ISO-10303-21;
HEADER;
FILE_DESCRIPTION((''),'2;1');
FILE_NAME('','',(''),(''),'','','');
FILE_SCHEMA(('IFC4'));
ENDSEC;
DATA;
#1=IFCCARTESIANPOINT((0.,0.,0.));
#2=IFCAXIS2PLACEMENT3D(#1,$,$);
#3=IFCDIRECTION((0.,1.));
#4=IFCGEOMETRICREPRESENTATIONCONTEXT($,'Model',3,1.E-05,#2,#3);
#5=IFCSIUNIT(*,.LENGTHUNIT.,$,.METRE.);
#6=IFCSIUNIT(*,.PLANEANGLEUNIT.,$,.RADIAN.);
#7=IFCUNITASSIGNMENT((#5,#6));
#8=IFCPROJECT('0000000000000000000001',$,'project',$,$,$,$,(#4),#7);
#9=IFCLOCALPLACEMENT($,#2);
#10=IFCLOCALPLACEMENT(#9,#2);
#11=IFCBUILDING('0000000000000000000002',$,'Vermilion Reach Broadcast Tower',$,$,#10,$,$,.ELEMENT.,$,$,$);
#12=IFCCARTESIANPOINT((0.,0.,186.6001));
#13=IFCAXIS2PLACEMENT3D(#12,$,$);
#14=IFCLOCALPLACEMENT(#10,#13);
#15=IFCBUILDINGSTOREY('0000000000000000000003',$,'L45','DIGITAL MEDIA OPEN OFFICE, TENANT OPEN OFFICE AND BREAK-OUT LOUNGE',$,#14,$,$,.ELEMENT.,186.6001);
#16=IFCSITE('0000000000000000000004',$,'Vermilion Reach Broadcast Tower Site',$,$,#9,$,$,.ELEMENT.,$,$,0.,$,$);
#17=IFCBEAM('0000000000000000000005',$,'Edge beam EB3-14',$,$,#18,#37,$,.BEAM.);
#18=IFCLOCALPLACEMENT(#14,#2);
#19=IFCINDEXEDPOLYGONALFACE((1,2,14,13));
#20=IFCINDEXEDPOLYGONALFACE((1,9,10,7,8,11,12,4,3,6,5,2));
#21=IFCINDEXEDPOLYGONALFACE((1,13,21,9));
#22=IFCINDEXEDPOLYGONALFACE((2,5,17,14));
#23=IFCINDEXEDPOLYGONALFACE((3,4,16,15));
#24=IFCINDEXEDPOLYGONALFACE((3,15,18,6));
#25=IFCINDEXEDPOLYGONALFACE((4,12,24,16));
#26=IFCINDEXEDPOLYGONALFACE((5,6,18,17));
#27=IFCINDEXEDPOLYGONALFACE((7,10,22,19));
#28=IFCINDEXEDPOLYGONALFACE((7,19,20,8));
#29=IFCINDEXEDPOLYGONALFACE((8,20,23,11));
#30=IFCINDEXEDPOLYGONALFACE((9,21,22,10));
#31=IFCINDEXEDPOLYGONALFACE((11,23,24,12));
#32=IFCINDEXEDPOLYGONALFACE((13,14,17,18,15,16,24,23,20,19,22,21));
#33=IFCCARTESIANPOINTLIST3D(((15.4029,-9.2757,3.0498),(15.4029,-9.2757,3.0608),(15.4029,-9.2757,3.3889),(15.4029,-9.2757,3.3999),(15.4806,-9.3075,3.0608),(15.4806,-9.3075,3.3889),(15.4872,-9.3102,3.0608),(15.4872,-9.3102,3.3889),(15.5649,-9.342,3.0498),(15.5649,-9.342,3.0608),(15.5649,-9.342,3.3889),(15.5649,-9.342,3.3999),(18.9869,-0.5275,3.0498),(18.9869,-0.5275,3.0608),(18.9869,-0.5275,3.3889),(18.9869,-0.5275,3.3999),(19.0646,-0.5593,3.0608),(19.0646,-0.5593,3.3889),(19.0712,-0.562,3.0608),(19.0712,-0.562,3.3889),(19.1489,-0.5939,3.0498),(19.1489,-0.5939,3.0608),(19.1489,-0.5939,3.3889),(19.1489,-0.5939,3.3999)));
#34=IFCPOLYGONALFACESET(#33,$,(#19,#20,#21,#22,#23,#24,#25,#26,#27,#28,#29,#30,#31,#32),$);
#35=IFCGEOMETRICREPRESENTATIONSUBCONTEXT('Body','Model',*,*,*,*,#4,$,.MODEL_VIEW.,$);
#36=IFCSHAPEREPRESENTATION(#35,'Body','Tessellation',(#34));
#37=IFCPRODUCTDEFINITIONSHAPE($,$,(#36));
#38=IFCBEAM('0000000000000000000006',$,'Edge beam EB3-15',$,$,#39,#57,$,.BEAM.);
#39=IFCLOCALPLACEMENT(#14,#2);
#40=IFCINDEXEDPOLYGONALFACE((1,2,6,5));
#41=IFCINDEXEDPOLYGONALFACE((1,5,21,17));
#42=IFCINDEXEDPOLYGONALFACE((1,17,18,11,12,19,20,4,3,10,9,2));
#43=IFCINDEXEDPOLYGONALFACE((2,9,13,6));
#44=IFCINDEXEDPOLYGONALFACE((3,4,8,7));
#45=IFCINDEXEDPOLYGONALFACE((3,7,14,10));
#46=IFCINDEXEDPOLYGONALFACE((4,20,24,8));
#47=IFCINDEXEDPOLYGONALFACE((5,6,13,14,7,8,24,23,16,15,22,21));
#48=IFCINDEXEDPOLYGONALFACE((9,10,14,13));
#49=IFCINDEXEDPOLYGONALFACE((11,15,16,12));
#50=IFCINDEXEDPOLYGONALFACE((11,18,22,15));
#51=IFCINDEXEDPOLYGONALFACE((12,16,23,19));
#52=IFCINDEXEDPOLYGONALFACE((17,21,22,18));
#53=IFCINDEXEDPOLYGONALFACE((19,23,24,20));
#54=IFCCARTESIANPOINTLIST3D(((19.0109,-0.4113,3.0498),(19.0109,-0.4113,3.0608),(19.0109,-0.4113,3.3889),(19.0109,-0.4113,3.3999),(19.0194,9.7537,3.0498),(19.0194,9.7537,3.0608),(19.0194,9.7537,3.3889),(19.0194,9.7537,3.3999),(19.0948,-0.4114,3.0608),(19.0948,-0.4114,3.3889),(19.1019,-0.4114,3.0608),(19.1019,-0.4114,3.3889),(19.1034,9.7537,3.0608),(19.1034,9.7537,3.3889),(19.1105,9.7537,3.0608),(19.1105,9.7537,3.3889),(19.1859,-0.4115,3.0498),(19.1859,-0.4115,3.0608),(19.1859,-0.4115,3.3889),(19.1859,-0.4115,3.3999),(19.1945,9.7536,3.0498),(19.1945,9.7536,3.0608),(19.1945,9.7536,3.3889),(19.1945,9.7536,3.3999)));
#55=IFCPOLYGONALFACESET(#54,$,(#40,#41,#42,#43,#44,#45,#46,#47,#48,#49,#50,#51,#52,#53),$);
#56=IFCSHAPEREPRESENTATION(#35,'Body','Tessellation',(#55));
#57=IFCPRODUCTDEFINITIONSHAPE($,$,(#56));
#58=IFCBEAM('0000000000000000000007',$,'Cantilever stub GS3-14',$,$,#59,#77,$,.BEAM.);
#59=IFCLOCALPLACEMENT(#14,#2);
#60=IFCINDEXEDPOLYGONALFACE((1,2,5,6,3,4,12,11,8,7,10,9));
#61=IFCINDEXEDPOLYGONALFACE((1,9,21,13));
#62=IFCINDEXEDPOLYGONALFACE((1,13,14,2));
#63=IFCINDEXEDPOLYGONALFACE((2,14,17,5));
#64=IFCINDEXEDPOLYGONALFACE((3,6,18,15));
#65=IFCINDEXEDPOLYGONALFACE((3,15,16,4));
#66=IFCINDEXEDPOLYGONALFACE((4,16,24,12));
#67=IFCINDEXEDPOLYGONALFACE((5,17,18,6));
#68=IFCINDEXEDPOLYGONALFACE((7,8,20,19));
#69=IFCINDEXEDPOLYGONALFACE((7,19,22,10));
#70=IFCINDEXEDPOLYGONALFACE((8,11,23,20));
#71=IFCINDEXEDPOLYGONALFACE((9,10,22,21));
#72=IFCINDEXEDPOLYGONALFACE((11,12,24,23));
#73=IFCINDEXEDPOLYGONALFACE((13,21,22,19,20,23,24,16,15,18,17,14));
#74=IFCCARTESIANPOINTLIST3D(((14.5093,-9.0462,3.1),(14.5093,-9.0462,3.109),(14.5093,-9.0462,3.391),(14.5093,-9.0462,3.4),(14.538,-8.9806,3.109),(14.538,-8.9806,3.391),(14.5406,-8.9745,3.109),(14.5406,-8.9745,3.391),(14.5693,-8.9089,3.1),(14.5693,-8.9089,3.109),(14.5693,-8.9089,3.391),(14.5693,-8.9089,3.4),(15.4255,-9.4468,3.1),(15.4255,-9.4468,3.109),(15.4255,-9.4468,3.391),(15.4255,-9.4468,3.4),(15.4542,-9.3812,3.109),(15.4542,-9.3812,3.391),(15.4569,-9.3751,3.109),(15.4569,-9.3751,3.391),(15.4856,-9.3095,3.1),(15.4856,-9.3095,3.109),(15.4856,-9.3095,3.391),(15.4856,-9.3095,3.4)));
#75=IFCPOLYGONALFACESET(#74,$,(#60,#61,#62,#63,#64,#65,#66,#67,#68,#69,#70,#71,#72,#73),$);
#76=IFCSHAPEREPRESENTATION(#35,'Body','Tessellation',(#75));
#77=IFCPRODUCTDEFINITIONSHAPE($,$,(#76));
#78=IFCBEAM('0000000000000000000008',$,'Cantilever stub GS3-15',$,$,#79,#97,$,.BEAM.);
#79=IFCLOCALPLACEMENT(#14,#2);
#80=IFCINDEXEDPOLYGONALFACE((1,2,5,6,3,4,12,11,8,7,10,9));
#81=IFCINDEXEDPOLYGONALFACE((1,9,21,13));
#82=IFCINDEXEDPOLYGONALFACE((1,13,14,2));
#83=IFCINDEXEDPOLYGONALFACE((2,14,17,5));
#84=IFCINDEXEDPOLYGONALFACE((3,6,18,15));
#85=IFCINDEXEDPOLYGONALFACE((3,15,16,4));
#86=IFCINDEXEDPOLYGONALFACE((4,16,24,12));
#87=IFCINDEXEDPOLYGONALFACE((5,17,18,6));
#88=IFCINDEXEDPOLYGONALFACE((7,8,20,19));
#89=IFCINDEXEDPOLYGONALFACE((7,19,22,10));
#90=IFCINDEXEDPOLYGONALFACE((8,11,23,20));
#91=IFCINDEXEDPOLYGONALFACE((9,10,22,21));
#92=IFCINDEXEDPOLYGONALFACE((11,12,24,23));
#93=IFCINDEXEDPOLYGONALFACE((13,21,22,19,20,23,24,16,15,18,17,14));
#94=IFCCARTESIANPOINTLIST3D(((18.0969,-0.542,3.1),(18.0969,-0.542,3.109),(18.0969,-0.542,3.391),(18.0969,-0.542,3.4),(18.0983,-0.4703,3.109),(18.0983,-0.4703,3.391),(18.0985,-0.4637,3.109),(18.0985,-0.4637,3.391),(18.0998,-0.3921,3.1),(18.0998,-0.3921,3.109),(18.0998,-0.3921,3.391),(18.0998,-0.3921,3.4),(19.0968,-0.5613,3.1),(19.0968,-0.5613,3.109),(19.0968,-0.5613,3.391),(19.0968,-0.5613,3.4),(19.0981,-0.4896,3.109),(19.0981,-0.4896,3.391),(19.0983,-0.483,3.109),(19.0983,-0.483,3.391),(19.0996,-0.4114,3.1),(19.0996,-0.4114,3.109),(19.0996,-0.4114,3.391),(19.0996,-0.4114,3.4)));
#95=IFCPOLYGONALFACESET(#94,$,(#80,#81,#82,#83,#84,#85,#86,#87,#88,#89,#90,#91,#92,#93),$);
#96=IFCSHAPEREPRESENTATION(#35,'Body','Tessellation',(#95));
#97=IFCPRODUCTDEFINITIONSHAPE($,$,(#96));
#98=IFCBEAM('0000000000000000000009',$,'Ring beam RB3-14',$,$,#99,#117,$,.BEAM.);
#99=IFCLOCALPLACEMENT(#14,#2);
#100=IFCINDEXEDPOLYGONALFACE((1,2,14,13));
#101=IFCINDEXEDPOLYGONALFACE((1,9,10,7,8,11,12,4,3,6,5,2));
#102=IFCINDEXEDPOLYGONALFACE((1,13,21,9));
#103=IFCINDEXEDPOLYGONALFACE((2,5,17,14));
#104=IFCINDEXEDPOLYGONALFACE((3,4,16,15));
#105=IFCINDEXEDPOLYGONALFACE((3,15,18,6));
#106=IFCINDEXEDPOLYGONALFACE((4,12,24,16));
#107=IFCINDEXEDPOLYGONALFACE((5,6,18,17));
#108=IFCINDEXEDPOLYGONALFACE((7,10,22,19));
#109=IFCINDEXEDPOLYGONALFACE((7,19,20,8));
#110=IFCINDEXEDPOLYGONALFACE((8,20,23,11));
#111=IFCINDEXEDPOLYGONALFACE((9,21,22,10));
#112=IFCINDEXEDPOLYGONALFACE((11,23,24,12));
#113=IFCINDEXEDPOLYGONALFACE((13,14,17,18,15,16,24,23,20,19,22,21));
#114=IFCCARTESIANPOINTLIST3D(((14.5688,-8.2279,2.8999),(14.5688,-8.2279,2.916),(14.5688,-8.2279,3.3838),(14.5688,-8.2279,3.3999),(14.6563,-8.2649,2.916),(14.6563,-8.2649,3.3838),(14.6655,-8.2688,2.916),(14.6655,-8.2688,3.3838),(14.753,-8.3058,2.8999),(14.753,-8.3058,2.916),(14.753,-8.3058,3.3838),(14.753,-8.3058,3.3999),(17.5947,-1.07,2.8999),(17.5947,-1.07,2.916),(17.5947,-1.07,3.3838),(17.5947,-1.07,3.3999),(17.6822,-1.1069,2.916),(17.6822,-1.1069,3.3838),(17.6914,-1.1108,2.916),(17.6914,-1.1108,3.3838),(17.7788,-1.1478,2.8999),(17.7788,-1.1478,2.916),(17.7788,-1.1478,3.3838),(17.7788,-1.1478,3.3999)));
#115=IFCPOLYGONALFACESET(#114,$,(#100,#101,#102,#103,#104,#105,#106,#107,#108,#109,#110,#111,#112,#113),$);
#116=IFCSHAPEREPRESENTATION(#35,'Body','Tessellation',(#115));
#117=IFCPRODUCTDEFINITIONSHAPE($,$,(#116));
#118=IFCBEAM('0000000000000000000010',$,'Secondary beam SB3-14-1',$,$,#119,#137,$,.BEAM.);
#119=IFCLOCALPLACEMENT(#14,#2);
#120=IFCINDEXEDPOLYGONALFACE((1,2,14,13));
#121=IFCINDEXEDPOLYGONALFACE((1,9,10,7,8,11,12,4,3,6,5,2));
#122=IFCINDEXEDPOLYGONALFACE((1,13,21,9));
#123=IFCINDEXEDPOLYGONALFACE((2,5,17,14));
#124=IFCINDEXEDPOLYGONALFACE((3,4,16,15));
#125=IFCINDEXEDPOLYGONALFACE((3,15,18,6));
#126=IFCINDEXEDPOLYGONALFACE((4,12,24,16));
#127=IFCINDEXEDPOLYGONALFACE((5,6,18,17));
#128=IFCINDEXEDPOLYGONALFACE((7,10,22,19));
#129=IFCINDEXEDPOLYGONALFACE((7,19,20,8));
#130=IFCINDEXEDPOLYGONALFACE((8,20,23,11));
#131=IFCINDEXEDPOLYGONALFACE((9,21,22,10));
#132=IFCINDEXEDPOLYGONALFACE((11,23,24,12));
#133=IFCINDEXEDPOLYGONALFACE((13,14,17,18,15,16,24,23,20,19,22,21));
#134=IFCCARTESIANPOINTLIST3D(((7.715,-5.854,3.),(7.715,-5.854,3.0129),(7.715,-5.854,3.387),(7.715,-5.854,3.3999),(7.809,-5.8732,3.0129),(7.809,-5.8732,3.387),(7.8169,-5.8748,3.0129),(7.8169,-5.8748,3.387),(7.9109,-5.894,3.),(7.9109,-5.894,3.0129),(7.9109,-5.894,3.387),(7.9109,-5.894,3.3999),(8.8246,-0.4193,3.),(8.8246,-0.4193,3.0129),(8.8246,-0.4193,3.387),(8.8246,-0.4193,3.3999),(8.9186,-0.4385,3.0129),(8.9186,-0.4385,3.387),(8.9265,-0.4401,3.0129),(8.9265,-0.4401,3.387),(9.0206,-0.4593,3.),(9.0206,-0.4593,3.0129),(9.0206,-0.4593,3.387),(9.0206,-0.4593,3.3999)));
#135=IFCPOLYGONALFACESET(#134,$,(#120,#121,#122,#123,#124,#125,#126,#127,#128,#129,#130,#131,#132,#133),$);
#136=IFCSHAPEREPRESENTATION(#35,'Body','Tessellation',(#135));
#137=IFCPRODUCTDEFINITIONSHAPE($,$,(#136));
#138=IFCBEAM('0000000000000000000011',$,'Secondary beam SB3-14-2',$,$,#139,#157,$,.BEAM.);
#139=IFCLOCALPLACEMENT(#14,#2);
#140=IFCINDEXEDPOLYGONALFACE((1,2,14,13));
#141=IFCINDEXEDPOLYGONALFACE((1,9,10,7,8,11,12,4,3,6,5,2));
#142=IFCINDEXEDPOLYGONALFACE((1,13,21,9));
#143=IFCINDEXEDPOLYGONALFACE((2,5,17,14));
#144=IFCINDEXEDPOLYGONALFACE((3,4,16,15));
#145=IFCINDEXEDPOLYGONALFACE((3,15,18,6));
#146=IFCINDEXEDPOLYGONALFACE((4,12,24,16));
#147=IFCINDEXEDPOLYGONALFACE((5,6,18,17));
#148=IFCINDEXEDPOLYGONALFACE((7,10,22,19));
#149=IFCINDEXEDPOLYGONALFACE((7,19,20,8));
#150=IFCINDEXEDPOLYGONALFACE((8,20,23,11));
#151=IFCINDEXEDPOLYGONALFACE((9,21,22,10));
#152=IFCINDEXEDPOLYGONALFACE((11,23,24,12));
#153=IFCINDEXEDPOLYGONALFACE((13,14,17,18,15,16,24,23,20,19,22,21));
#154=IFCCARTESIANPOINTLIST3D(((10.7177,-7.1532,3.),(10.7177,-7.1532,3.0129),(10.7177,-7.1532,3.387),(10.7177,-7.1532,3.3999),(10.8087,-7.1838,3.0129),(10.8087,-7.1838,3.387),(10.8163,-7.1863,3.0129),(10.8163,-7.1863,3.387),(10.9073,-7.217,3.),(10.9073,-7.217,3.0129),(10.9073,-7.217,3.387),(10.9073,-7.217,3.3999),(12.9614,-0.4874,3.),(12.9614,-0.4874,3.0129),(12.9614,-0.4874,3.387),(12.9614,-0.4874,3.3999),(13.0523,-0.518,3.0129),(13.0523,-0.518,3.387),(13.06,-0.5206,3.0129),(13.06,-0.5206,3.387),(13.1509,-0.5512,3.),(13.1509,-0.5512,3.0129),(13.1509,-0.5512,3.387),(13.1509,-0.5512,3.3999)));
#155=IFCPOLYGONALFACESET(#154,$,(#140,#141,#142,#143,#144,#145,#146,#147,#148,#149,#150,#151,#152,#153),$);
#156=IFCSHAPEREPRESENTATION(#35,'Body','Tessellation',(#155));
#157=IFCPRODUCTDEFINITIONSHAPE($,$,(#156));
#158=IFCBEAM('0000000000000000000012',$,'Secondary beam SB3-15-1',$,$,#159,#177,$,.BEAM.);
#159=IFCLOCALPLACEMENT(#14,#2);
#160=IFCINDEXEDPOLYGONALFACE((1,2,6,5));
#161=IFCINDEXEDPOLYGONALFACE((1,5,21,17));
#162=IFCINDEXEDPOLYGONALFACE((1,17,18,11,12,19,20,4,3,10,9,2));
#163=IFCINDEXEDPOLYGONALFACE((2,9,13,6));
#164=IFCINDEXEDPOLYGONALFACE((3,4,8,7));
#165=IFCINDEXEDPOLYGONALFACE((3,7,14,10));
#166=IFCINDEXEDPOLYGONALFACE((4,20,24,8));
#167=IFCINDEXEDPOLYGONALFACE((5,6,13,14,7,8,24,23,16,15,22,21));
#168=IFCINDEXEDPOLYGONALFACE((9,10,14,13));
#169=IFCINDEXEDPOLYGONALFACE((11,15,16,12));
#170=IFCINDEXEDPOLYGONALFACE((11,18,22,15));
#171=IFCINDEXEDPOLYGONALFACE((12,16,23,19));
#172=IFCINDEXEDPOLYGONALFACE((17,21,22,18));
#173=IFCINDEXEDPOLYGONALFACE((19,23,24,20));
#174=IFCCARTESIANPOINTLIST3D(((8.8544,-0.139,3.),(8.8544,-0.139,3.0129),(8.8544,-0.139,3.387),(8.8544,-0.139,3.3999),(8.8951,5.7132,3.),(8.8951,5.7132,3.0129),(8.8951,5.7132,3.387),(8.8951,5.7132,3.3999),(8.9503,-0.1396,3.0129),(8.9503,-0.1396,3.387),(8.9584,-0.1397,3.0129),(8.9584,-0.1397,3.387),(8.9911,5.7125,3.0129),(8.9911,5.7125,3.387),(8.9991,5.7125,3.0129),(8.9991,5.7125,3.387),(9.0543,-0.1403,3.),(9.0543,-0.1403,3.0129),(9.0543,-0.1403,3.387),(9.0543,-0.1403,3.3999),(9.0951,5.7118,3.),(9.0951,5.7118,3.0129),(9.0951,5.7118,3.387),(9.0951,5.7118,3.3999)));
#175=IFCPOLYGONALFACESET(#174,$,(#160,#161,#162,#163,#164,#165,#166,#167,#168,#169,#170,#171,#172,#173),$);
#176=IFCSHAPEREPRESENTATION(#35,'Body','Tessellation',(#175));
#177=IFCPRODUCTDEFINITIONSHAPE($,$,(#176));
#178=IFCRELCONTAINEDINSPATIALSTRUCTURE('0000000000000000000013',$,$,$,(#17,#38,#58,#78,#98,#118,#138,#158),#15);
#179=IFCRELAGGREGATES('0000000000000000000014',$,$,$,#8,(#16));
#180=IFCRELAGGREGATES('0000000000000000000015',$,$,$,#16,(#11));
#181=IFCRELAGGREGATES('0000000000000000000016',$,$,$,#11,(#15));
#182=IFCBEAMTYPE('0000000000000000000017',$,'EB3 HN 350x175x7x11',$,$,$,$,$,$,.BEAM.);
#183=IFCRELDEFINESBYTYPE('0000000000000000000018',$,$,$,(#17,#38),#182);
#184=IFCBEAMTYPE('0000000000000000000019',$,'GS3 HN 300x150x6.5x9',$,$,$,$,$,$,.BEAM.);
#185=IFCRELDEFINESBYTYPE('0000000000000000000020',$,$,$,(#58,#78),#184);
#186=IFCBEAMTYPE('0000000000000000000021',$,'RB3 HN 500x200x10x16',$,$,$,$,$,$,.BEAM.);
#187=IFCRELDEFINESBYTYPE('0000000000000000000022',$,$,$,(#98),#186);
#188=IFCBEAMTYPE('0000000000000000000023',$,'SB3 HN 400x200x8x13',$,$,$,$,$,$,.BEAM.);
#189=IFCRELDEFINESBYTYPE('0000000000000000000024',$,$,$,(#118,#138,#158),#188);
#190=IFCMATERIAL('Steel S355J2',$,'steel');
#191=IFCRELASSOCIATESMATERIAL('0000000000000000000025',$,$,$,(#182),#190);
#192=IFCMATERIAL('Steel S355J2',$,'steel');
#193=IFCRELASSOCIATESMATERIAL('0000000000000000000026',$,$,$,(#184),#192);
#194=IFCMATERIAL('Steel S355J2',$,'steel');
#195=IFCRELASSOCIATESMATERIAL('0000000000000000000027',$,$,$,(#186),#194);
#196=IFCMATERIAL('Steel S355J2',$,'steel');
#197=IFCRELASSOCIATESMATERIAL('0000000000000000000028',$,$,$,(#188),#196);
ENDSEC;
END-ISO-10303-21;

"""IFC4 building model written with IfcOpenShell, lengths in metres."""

from ifc_helpers import new_model, si_unit, direction, frame, origin, origin_2d, place, context, subcontext, project, spatial, i_section, extrude, material, material_profile, profile_set, type_object, element, save


model = new_model("IFC4")

# Units and contexts
model_context = context("Model", 3, precision=1e-05, world=origin(), true_north=direction((0.0, 1.0)))
body_context = subcontext(model_context, "Body", "Model", "MODEL_VIEW")
ifc_project = project(units=[si_unit("LENGTHUNIT", "METRE"), si_unit("PLANEANGLEUNIT", "RADIAN")], contexts=[model_context])

# Site, building, storey
site_placement = place(None, origin())
site = spatial("IfcSite", under=ifc_project, at=site_placement, Name="Vermilion Reach Broadcast Tower Site", CompositionType="ELEMENT", RefElevation=0.0)
building_placement = place(site_placement, origin())
building = spatial("IfcBuilding", under=site, at=building_placement, Name="Vermilion Reach Broadcast Tower", CompositionType="ELEMENT")
storey_placement = place(building_placement, frame((0.0, 0.0, 186.6001)))
storey = spatial("IfcBuildingStorey", under=building, at=storey_placement, Name="L45", Description="DIGITAL MEDIA OPEN OFFICE, TENANT OPEN OFFICE AND BREAK-OUT LOUNGE", CompositionType="ELEMENT", Elevation=186.6001)

# Beams
ifc_material_1 = material(Name="Steel S355J2", Category="steel")
ifc_material_profile_1 = material_profile(ifc_material_1, i_section(OverallWidth=0.175, OverallDepth=0.3501, WebThickness=0.0071, FlangeThickness=0.011, at=origin_2d()), Name="S355J2 HN 350x175x7x11")
ifc_profile_set_1 = profile_set([ifc_material_profile_1], Name="Steel S355J2")
beam_type_1 = type_object("IfcBeamType", Name="EB3 HN 350x175x7x11", PredefinedType="BEAM", material=ifc_profile_set_1)
beam_1_placement = place(storey_placement, frame((15.4839, -9.3088, 3.2249), z_axis=(0.379107, 0.925353, 0.0), x_axis=(-0.925353, 0.379107, 0.0)))
element("IfcBeam", 1, at=beam_1_placement, inside=storey, type_object=beam_type_1, Name="Edge beam EB3-14", PredefinedType="BEAM", context=body_context, shape_type="SweptSolid", body=[
    extrude(i_section(OverallWidth=0.175, OverallDepth=0.3501, WebThickness=0.0071, FlangeThickness=0.011, at=origin_2d()), origin(), (0.0, 0.0, 1.0), 9.4539),
])
beam_2_placement = place(storey_placement, frame((19.0984, -0.4114, 3.2249), z_axis=(0.000841, 1.0, 0.0), x_axis=(-1.0, 0.000841, 0.0)))
element("IfcBeam", 2, at=beam_2_placement, inside=storey, type_object=beam_type_1, Name="Edge beam EB3-15", PredefinedType="BEAM", context=body_context, shape_type="SweptSolid", body=[
    extrude(i_section(OverallWidth=0.175, OverallDepth=0.3501, WebThickness=0.0071, FlangeThickness=0.011, at=origin_2d()), origin(), (0.0, 0.0, 1.0), 10.165),
])
ifc_material_2 = material(Name="Steel S355J2", Category="steel")
ifc_material_profile_2 = material_profile(ifc_material_2, i_section(OverallWidth=0.1499, OverallDepth=0.3, WebThickness=0.0066, FlangeThickness=0.009, at=origin_2d()), Name="S355J2 HN 300x150x6.5x9")
ifc_profile_set_2 = profile_set([ifc_material_profile_2], Name="Steel S355J2")
beam_type_2 = type_object("IfcBeamType", Name="GS3 HN 300x150x6.5x9", PredefinedType="BEAM", material=ifc_profile_set_2)
for number, where, z_axis, x_axis, name in (
    (3, (14.5393, -8.9775, 3.25), (0.916241, -0.400627, 0.0), (0.400627, 0.916241, 0.0), "Cantilever stub GS3-14"),
    (4, (18.0984, -0.467, 3.25), (0.999814, -0.019288, 0.0), (0.019288, 0.999814, 0.0), "Cantilever stub GS3-15"),
):
    element("IfcBeam", number, at=place(storey_placement, frame(where, z_axis=z_axis, x_axis=x_axis)), inside=storey, type_object=beam_type_2, Name=name, PredefinedType="BEAM", context=body_context, shape_type="SweptSolid", body=[
        extrude(i_section(OverallWidth=0.1499, OverallDepth=0.3, WebThickness=0.0066, FlangeThickness=0.009, at=origin_2d()), origin(), (0.0, 0.0, 1.0), 1.0),
    ])
ifc_material_3 = material(Name="Steel S355J2", Category="steel")
ifc_material_profile_3 = material_profile(ifc_material_3, i_section(OverallWidth=0.2, OverallDepth=0.5, WebThickness=0.01, FlangeThickness=0.0161, at=origin_2d()), Name="S355J2 HN 500x200x10x16")
ifc_profile_set_3 = profile_set([ifc_material_profile_3], Name="Steel S355J2")
beam_type_3 = type_object("IfcBeamType", Name="RB3 HN 500x200x10x16", PredefinedType="BEAM", material=ifc_profile_set_3)
beam_3_placement = place(storey_placement, frame((14.6609, -8.2668, 3.1499), z_axis=(0.389368, 0.921082, 0.0), x_axis=(-0.921082, 0.389368, 0.0)))
element("IfcBeam", 5, at=beam_3_placement, inside=storey, type_object=beam_type_3, Name="Ring beam RB3-14", PredefinedType="BEAM", context=body_context, shape_type="SweptSolid", body=[
    extrude(i_section(OverallWidth=0.2, OverallDepth=0.5, WebThickness=0.01, FlangeThickness=0.0161, at=origin_2d()), origin(), (0.0, 0.0, 1.0), 7.7712),
])
ifc_material_4 = material(Name="Steel S355J2", Category="steel")
ifc_material_profile_4 = material_profile(ifc_material_4, i_section(OverallWidth=0.2, OverallDepth=0.3999, WebThickness=0.0081, FlangeThickness=0.0129, at=origin_2d()), Name="S355J2 HN 400x200x8x13")
ifc_profile_set_4 = profile_set([ifc_material_profile_4], Name="Steel S355J2")
beam_type_4 = type_object("IfcBeamType", Name="SB3 HN 400x200x8x13", PredefinedType="BEAM", material=ifc_profile_set_4)
beam_4_placement = place(storey_placement, frame((7.813, -5.874, 3.2), z_axis=(0.200042, 0.979787, 0.0), x_axis=(-0.979787, 0.200042, 0.0)))
element("IfcBeam", 6, at=beam_4_placement, inside=storey, type_object=beam_type_4, Name="Secondary beam SB3-14-1", PredefinedType="BEAM", context=body_context, shape_type="SweptSolid", body=[
    extrude(i_section(OverallWidth=0.2, OverallDepth=0.3999, WebThickness=0.0081, FlangeThickness=0.0129, at=origin_2d()), origin(), (0.0, 0.0, 1.0), 5.5469),
])
beam_5_placement = place(storey_placement, frame((10.8125, -7.1851, 3.2), z_axis=(0.319007, 0.947752, 0.0), x_axis=(-0.947752, 0.319007, 0.0)))
element("IfcBeam", 7, at=beam_5_placement, inside=storey, type_object=beam_type_4, Name="Secondary beam SB3-14-2", PredefinedType="BEAM", context=body_context, shape_type="SweptSolid", body=[
    extrude(i_section(OverallWidth=0.2, OverallDepth=0.3999, WebThickness=0.0081, FlangeThickness=0.0129, at=origin_2d()), origin(), (0.0, 0.0, 1.0), 7.0332),
])
beam_6_placement = place(storey_placement, frame((8.9543, -0.1396, 3.2), z_axis=(0.006967, 0.999976, 0.0), x_axis=(-0.999976, 0.006967, 0.0)))
element("IfcBeam", 8, at=beam_6_placement, inside=storey, type_object=beam_type_4, Name="Secondary beam SB3-15-1", PredefinedType="BEAM", context=body_context, shape_type="SweptSolid", body=[
    extrude(i_section(OverallWidth=0.2, OverallDepth=0.3999, WebThickness=0.0081, FlangeThickness=0.0129, at=origin_2d()), origin(), (0.0, 0.0, 1.0), 5.8523),
])

save(model, "model.ifc")
